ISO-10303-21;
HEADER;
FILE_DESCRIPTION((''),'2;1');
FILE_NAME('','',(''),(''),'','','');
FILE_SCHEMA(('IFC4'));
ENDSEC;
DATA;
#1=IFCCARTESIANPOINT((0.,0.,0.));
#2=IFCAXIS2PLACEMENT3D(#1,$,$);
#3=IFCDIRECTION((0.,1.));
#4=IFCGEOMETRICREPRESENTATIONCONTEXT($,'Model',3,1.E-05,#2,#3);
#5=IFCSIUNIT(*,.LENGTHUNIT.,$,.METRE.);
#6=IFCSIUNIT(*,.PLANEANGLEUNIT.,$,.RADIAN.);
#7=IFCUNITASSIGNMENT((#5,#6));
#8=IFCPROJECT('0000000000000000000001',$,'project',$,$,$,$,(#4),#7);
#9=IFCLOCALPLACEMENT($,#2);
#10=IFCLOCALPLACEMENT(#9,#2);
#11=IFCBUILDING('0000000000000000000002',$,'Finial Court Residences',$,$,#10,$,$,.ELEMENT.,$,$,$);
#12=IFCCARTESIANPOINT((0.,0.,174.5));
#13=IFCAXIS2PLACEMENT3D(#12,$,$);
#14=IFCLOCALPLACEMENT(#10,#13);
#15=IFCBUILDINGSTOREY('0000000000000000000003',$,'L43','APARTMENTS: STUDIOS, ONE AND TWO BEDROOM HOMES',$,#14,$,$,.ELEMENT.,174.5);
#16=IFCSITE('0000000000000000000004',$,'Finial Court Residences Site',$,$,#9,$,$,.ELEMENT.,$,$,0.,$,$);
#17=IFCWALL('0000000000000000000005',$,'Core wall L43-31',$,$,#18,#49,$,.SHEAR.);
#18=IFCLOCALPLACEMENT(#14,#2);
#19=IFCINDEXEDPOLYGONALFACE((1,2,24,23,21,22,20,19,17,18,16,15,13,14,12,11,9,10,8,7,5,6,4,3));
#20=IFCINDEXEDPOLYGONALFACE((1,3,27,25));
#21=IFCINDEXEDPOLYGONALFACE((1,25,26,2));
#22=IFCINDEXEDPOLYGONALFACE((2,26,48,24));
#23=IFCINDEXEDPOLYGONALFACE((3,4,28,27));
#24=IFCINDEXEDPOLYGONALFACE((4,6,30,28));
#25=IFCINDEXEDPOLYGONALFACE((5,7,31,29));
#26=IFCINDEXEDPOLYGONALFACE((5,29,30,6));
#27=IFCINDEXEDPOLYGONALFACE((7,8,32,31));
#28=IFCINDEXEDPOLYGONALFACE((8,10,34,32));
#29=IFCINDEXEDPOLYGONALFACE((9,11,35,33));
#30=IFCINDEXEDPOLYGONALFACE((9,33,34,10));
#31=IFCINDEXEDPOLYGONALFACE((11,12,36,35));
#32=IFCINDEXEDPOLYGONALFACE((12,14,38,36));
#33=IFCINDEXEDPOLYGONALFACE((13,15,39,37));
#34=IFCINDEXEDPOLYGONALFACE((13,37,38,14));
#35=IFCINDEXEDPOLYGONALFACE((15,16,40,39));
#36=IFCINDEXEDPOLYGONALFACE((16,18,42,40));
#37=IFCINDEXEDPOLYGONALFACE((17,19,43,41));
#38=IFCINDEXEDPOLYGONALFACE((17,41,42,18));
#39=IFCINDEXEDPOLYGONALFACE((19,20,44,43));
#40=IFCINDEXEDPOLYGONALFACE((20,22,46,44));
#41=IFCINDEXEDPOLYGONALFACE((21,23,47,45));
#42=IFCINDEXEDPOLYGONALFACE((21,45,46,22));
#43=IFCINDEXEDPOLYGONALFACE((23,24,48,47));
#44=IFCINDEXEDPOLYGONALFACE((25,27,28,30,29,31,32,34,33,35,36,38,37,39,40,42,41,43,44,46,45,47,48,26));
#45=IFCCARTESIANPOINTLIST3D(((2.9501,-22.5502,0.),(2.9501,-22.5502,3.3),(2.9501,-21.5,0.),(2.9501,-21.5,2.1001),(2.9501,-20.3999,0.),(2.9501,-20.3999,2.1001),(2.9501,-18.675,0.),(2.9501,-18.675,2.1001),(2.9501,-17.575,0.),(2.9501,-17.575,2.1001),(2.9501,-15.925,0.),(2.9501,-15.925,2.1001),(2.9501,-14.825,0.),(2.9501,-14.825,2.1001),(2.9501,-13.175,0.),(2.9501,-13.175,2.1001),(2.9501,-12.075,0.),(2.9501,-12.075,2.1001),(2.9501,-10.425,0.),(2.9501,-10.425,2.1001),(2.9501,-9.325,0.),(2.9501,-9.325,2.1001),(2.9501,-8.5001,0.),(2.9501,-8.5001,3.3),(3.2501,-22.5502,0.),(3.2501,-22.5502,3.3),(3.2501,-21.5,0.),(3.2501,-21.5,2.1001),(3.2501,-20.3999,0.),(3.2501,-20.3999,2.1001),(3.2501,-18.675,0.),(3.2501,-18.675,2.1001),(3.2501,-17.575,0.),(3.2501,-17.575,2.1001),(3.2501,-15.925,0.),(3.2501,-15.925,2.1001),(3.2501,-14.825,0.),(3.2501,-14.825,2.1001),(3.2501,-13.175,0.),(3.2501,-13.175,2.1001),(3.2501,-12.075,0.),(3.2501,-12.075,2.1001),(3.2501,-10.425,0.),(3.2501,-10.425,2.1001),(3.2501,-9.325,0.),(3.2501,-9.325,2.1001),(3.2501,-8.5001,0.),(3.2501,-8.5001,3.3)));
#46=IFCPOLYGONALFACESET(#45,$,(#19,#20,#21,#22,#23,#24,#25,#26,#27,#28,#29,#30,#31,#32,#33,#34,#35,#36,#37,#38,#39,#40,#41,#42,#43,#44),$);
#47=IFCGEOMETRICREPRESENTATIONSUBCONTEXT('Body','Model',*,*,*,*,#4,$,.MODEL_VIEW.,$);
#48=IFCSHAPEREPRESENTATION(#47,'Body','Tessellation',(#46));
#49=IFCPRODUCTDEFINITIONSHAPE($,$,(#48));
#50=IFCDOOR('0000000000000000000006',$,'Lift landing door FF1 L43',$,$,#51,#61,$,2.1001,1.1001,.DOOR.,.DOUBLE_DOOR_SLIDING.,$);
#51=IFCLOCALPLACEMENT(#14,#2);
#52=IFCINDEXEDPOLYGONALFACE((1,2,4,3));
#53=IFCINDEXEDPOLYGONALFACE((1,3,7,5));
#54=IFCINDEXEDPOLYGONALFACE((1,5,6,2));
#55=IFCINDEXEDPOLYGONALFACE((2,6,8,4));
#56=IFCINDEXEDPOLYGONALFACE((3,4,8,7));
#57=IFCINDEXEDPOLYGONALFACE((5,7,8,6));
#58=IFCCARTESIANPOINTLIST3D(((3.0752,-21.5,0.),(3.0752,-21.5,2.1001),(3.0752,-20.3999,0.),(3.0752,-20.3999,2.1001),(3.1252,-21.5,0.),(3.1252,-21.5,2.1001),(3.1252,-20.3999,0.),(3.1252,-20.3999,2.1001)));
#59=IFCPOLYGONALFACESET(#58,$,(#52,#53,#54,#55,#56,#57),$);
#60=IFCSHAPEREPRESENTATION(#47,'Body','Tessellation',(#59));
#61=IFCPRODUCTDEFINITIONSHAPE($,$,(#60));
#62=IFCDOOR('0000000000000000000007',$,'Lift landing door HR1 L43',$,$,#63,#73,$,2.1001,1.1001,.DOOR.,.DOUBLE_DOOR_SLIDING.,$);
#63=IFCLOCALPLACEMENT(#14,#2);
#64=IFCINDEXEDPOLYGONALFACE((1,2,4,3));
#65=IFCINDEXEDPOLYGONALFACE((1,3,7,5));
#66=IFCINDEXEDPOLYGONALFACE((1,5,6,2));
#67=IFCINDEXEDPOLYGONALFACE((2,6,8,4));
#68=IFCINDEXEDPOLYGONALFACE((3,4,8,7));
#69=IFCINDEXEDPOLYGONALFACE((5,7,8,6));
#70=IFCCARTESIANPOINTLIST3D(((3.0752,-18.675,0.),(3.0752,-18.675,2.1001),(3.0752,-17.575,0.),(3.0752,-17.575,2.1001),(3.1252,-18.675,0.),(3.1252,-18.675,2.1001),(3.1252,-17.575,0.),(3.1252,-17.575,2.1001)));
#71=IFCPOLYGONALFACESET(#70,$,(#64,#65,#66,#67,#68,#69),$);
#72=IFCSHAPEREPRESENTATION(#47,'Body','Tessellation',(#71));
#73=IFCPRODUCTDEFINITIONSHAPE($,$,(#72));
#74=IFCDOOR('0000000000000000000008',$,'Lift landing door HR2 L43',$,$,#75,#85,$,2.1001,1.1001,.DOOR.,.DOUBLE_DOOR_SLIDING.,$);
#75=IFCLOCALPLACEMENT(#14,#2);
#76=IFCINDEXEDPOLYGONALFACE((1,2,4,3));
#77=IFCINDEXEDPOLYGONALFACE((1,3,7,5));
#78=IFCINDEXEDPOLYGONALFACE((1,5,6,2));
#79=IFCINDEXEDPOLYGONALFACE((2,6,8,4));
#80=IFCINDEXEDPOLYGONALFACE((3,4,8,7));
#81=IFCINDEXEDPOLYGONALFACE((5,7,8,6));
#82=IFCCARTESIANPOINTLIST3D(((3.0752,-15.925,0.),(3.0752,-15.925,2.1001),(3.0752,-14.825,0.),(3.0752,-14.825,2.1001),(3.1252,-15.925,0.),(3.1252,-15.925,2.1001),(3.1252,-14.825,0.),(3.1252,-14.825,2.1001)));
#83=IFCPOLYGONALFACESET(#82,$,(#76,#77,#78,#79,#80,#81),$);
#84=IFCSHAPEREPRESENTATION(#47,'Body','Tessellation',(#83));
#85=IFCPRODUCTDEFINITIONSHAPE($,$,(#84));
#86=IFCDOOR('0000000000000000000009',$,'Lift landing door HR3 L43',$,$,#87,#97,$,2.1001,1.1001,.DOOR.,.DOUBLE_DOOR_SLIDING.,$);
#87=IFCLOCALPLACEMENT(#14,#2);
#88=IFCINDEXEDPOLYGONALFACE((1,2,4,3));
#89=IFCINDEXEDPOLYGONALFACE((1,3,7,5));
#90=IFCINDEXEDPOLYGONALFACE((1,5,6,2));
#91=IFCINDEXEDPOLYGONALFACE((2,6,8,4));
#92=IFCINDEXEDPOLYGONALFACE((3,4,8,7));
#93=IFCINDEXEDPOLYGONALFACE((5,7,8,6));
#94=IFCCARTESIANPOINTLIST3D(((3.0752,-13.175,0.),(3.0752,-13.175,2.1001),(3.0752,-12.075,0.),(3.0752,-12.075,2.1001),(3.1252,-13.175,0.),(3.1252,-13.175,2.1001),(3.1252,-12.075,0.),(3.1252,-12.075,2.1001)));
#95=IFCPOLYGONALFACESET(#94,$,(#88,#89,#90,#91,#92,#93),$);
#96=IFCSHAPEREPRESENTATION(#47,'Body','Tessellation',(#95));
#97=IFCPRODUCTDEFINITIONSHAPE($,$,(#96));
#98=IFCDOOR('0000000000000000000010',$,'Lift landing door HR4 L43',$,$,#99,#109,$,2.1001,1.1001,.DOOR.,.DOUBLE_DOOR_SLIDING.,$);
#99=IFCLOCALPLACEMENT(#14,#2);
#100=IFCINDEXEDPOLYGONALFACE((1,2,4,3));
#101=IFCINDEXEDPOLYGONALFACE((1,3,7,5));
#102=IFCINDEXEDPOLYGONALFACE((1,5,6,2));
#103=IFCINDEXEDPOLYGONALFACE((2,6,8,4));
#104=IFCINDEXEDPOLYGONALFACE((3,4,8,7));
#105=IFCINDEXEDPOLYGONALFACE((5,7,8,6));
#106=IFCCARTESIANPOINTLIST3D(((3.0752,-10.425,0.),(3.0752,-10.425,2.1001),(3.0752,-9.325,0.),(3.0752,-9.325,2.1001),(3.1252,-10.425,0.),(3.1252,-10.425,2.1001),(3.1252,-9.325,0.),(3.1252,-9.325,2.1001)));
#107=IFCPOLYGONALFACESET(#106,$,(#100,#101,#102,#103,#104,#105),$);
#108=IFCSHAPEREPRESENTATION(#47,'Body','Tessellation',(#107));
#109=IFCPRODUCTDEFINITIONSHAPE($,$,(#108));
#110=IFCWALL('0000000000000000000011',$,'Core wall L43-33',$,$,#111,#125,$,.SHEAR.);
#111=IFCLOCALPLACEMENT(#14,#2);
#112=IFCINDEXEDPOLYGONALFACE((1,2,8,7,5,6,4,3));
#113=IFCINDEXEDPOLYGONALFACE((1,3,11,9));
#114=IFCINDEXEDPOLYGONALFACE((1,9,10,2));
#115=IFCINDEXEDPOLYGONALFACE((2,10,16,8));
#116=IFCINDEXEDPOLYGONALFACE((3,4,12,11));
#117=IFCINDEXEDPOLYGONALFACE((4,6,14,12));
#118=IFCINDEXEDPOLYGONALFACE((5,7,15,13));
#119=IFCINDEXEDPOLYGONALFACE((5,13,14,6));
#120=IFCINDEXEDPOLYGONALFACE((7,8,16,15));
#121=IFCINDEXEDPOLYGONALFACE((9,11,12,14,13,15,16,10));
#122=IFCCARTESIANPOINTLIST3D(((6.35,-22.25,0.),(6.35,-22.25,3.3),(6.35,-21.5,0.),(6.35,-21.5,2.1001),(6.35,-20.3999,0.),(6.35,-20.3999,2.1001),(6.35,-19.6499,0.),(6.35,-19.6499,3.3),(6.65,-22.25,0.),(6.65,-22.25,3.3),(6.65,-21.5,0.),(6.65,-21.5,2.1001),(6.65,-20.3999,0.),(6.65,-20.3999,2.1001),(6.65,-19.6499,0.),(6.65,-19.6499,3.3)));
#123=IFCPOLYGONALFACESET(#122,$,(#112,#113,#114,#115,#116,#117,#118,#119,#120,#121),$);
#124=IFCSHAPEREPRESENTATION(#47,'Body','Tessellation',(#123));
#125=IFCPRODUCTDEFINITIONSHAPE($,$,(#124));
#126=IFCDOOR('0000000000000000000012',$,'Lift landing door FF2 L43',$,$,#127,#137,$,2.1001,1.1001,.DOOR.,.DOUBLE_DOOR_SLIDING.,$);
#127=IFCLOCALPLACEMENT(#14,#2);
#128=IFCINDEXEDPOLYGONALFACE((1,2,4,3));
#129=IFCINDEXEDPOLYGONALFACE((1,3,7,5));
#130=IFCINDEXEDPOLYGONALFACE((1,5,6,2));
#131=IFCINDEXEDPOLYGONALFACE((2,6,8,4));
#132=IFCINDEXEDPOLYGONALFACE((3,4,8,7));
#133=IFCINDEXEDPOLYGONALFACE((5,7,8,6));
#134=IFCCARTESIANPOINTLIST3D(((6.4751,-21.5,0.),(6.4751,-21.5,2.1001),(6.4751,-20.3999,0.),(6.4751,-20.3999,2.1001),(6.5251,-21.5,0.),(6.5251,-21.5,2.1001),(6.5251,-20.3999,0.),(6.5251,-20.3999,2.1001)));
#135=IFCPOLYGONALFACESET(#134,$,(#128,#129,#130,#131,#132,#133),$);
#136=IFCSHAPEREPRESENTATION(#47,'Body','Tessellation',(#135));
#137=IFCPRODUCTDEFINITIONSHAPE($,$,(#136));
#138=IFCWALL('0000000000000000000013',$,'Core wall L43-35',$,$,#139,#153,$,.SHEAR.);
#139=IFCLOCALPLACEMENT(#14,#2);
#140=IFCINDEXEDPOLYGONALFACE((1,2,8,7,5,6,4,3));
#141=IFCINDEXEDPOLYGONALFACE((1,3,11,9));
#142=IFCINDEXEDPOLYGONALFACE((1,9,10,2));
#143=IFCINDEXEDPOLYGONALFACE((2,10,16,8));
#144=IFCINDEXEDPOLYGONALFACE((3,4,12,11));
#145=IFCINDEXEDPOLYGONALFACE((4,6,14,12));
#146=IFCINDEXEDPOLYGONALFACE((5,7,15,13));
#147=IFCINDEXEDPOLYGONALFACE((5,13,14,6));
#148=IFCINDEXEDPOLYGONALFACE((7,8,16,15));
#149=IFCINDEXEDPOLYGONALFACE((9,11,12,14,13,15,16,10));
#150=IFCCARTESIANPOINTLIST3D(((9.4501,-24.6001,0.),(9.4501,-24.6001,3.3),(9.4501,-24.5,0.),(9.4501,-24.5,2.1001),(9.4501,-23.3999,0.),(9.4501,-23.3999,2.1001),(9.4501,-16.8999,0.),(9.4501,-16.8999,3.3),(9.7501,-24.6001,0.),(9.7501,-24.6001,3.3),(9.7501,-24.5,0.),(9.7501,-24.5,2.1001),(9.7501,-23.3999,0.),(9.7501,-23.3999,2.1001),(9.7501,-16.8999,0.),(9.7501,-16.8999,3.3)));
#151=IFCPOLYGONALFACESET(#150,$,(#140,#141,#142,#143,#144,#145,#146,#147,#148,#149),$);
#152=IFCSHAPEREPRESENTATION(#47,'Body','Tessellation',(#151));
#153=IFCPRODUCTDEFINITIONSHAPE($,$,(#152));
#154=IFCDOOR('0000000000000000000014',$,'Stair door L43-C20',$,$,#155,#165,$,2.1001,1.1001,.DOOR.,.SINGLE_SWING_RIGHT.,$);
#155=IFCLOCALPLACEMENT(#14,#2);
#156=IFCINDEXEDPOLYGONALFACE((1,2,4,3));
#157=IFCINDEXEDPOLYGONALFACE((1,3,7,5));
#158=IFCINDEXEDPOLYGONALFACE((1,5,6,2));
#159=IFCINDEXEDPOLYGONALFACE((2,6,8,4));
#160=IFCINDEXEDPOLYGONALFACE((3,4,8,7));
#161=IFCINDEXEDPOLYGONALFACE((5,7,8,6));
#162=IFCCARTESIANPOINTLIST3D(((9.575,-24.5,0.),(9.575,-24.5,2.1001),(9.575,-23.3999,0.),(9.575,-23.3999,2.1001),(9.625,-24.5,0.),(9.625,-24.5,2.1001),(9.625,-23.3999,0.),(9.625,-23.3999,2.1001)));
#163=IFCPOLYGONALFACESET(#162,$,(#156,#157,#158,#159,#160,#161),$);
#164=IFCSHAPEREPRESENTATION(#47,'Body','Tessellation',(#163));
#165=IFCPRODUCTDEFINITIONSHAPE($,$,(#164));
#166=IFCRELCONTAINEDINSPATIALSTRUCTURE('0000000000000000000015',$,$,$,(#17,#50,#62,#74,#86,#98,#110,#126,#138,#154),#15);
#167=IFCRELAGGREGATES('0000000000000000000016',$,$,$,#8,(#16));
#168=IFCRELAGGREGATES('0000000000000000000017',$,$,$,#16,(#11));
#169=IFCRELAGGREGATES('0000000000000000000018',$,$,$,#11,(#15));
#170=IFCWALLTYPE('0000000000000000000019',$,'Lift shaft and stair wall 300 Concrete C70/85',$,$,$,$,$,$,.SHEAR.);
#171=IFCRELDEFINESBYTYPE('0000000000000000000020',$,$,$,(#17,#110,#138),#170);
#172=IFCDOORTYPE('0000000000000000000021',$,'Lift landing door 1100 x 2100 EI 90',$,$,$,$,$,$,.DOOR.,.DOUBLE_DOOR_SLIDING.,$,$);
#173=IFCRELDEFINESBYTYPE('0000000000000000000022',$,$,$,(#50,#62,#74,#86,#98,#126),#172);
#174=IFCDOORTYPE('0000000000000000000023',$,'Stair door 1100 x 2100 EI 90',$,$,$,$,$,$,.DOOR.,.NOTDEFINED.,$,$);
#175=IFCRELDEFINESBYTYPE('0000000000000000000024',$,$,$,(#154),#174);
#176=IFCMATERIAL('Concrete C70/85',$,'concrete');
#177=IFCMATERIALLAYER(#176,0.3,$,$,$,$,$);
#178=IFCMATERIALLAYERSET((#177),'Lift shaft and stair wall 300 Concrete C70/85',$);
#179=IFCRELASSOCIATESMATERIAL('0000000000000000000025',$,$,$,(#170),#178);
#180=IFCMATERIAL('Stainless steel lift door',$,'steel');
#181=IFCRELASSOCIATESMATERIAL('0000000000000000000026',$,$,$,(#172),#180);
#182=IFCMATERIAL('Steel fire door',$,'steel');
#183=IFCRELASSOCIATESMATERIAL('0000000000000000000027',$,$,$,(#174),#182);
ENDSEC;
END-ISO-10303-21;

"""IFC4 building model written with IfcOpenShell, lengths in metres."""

from ifc_helpers import new_model, si_unit, direction, frame, frame_2d, origin, place, context, subcontext, project, spatial, rectangle, extrude, material, layer, layer_set, type_object, element, fill, save


model = new_model("IFC4")

# Units and contexts
model_context = context("Model", 3, precision=1e-05, world=origin(), true_north=direction((0.0, 1.0)))
body_context = subcontext(model_context, "Body", "Model", "MODEL_VIEW")
ifc_project = project(units=[si_unit("LENGTHUNIT", "METRE"), si_unit("PLANEANGLEUNIT", "RADIAN")], contexts=[model_context])

# Site, building, storey
site_placement = place(None, origin())
site = spatial("IfcSite", under=ifc_project, at=site_placement, Name="Finial Court Residences Site", CompositionType="ELEMENT", RefElevation=0.0)
building_placement = place(site_placement, origin())
building = spatial("IfcBuilding", under=site, at=building_placement, Name="Finial Court Residences", CompositionType="ELEMENT")
storey_placement = place(building_placement, frame((0.0, 0.0, 174.5)))
storey = spatial("IfcBuildingStorey", under=building, at=storey_placement, Name="L43", Description="APARTMENTS: STUDIOS, ONE AND TWO BEDROOM HOMES", CompositionType="ELEMENT", Elevation=174.5)

# Shared definitions
ifc_material_1 = material(Name="Steel fire door", Category="steel")

# Shared definitions
ifc_material_2 = material(Name="Concrete C70/85", Category="concrete")
ifc_layer_1 = layer(ifc_material_2, 0.3)
ifc_layer_set_1 = layer_set([ifc_layer_1], Name="Lift shaft and stair wall 300 Concrete C70/85")
wall_type_1 = type_object("IfcWallType", Name="Lift shaft and stair wall 300 Concrete C70/85", PredefinedType="SHEAR", material=ifc_layer_set_1)

# Wall, openings, doors
wall_1_placement = place(storey_placement, frame((3.1001, -22.55, 0.0), z_axis=(0.0, 0.0, 1.0), x_axis=(0.0, 1.0, 0.0)))
wall_1 = element("IfcWall", 1, at=wall_1_placement, inside=storey, type_object=wall_type_1, Name="Core wall L43-31", PredefinedType="SHEAR", context=body_context, shape_type="SweptSolid", body=[
    extrude(rectangle(XDim=14.05, YDim=0.3, at=frame_2d((7.0249, 0.0))), origin(), (0.0, 0.0, 1.0), 3.3),
])
opening_1_placement = place(wall_1_placement, frame((1.05, 0.0, 0.0)))
opening_1 = element("IfcOpeningElement", 2, at=opening_1_placement, cuts=wall_1, PredefinedType="OPENING", context=body_context, shape_type="SweptSolid", body=[
    extrude(rectangle(XDim=1.1001, YDim=2.1001, at=frame_2d((0.55, 1.05))), frame((0.0, 0.1599, 0.0), z_axis=(0.0, -1.0, 0.0), x_axis=(1.0, 0.0, 0.0)), (0.0, 0.0, 1.0), 0.3201),
])
opening_2_placement = place(wall_1_placement, frame((3.875, 0.0, 0.0)))
opening_2 = element("IfcOpeningElement", 3, at=opening_2_placement, cuts=wall_1, PredefinedType="OPENING", context=body_context, shape_type="SweptSolid", body=[
    extrude(rectangle(XDim=1.1001, YDim=2.1001, at=frame_2d((0.55, 1.05))), frame((0.0, 0.1599, 0.0), z_axis=(0.0, -1.0, 0.0), x_axis=(1.0, 0.0, 0.0)), (0.0, 0.0, 1.0), 0.3201),
])
opening_3_placement = place(wall_1_placement, frame((6.625, 0.0, 0.0)))
opening_3 = element("IfcOpeningElement", 4, at=opening_3_placement, cuts=wall_1, PredefinedType="OPENING", context=body_context, shape_type="SweptSolid", body=[
    extrude(rectangle(XDim=1.1001, YDim=2.1001, at=frame_2d((0.55, 1.05))), frame((0.0, 0.1599, 0.0), z_axis=(0.0, -1.0, 0.0), x_axis=(1.0, 0.0, 0.0)), (0.0, 0.0, 1.0), 0.3201),
])
opening_4_placement = place(wall_1_placement, frame((9.375, 0.0, 0.0)))
opening_4 = element("IfcOpeningElement", 5, at=opening_4_placement, cuts=wall_1, PredefinedType="OPENING", context=body_context, shape_type="SweptSolid", body=[
    extrude(rectangle(XDim=1.1001, YDim=2.1001, at=frame_2d((0.55, 1.05))), frame((0.0, 0.1599, 0.0), z_axis=(0.0, -1.0, 0.0), x_axis=(1.0, 0.0, 0.0)), (0.0, 0.0, 1.0), 0.3201),
])
opening_5_placement = place(wall_1_placement, frame((12.125, 0.0, 0.0)))
opening_5 = element("IfcOpeningElement", 6, at=opening_5_placement, cuts=wall_1, PredefinedType="OPENING", context=body_context, shape_type="SweptSolid", body=[
    extrude(rectangle(XDim=1.1001, YDim=2.1001, at=frame_2d((0.55, 1.05))), frame((0.0, 0.1599, 0.0), z_axis=(0.0, -1.0, 0.0), x_axis=(1.0, 0.0, 0.0)), (0.0, 0.0, 1.0), 0.3201),
])
ifc_material_3 = material(Name="Stainless steel lift door", Category="steel")
door_type_1 = type_object("IfcDoorType", Name="Lift landing door 1100 x 2100 EI 90", OperationType="DOUBLE_DOOR_SLIDING", PredefinedType="DOOR", material=ifc_material_3)
door_1_placement = place(opening_1_placement, origin())
door_1 = element("IfcDoor", 7, at=door_1_placement, inside=storey, type_object=door_type_1, Name="Lift landing door FF1 L43", OperationType="DOUBLE_DOOR_SLIDING", OverallHeight=2.1001, OverallWidth=1.1001, PredefinedType="DOOR", context=body_context, shape_type="SweptSolid", body=[
    extrude(rectangle(XDim=1.1001, YDim=2.1001, at=frame_2d((0.55, 1.05))), frame((0.0, 0.0249, 0.0), z_axis=(0.0, -1.0, 0.0), x_axis=(1.0, 0.0, 0.0)), (0.0, 0.0, 1.0), 0.05),
])
fill(opening_1, door_1)
door_2_placement = place(opening_2_placement, origin())
door_2 = element("IfcDoor", 8, at=door_2_placement, inside=storey, type_object=door_type_1, Name="Lift landing door HR1 L43", OperationType="DOUBLE_DOOR_SLIDING", OverallHeight=2.1001, OverallWidth=1.1001, PredefinedType="DOOR", context=body_context, shape_type="SweptSolid", body=[
    extrude(rectangle(XDim=1.1001, YDim=2.1001, at=frame_2d((0.55, 1.05))), frame((0.0, 0.0249, 0.0), z_axis=(0.0, -1.0, 0.0), x_axis=(1.0, 0.0, 0.0)), (0.0, 0.0, 1.0), 0.05),
])
fill(opening_2, door_2)
door_3_placement = place(opening_3_placement, origin())
door_3 = element("IfcDoor", 9, at=door_3_placement, inside=storey, type_object=door_type_1, Name="Lift landing door HR2 L43", OperationType="DOUBLE_DOOR_SLIDING", OverallHeight=2.1001, OverallWidth=1.1001, PredefinedType="DOOR", context=body_context, shape_type="SweptSolid", body=[
    extrude(rectangle(XDim=1.1001, YDim=2.1001, at=frame_2d((0.55, 1.05))), frame((0.0, 0.0249, 0.0), z_axis=(0.0, -1.0, 0.0), x_axis=(1.0, 0.0, 0.0)), (0.0, 0.0, 1.0), 0.05),
])
fill(opening_3, door_3)
door_4_placement = place(opening_4_placement, origin())
door_4 = element("IfcDoor", 10, at=door_4_placement, inside=storey, type_object=door_type_1, Name="Lift landing door HR3 L43", OperationType="DOUBLE_DOOR_SLIDING", OverallHeight=2.1001, OverallWidth=1.1001, PredefinedType="DOOR", context=body_context, shape_type="SweptSolid", body=[
    extrude(rectangle(XDim=1.1001, YDim=2.1001, at=frame_2d((0.55, 1.05))), frame((0.0, 0.0249, 0.0), z_axis=(0.0, -1.0, 0.0), x_axis=(1.0, 0.0, 0.0)), (0.0, 0.0, 1.0), 0.05),
])
fill(opening_4, door_4)
door_5_placement = place(opening_5_placement, origin())
door_5 = element("IfcDoor", 11, at=door_5_placement, inside=storey, type_object=door_type_1, Name="Lift landing door HR4 L43", OperationType="DOUBLE_DOOR_SLIDING", OverallHeight=2.1001, OverallWidth=1.1001, PredefinedType="DOOR", context=body_context, shape_type="SweptSolid", body=[
    extrude(rectangle(XDim=1.1001, YDim=2.1001, at=frame_2d((0.55, 1.05))), frame((0.0, 0.0249, 0.0), z_axis=(0.0, -1.0, 0.0), x_axis=(1.0, 0.0, 0.0)), (0.0, 0.0, 1.0), 0.05),
])
fill(opening_5, door_5)

# Walls, openings, doors
wall_2_placement = place(storey_placement, frame((6.5, -22.25, 0.0), z_axis=(0.0, 0.0, 1.0), x_axis=(0.0, 1.0, 0.0)))
wall_2 = element("IfcWall", 12, at=wall_2_placement, inside=storey, type_object=wall_type_1, Name="Core wall L43-33", PredefinedType="SHEAR", context=body_context, shape_type="SweptSolid", body=[
    extrude(rectangle(XDim=2.6001, YDim=0.3, at=frame_2d((1.3, 0.0))), origin(), (0.0, 0.0, 1.0), 3.3),
])
opening_6_placement = place(wall_2_placement, frame((0.75, 0.0, 0.0)))
opening_6 = element("IfcOpeningElement", 13, at=opening_6_placement, cuts=wall_2, PredefinedType="OPENING", context=body_context, shape_type="SweptSolid", body=[
    extrude(rectangle(XDim=1.1001, YDim=2.1001, at=frame_2d((0.55, 1.05))), frame((0.0, 0.1599, 0.0), z_axis=(0.0, -1.0, 0.0), x_axis=(1.0, 0.0, 0.0)), (0.0, 0.0, 1.0), 0.3201),
])
door_6_placement = place(opening_6_placement, origin())
door_6 = element("IfcDoor", 14, at=door_6_placement, inside=storey, type_object=door_type_1, Name="Lift landing door FF2 L43", OperationType="DOUBLE_DOOR_SLIDING", OverallHeight=2.1001, OverallWidth=1.1001, PredefinedType="DOOR", context=body_context, shape_type="SweptSolid", body=[
    extrude(rectangle(XDim=1.1001, YDim=2.1001, at=frame_2d((0.55, 1.05))), frame((0.0, 0.0249, 0.0), z_axis=(0.0, -1.0, 0.0), x_axis=(1.0, 0.0, 0.0)), (0.0, 0.0, 1.0), 0.05),
])
fill(opening_6, door_6)
wall_3_placement = place(storey_placement, frame((9.6001, -16.8999, 0.0), z_axis=(0.0, 0.0, 1.0), x_axis=(0.0, -1.0, 0.0)))
wall_3 = element("IfcWall", 15, at=wall_3_placement, inside=storey, type_object=wall_type_1, Name="Core wall L43-35", PredefinedType="SHEAR", context=body_context, shape_type="SweptSolid", body=[
    extrude(rectangle(XDim=7.7002, YDim=0.3, at=frame_2d((3.8501, 0.0))), origin(), (0.0, 0.0, 1.0), 3.3),
])
opening_7_placement = place(wall_3_placement, frame((6.5, 0.0, 0.0)))
opening_7 = element("IfcOpeningElement", 16, at=opening_7_placement, cuts=wall_3, PredefinedType="OPENING", context=body_context, shape_type="SweptSolid", body=[
    extrude(rectangle(XDim=1.1001, YDim=2.1001, at=frame_2d((0.55, 1.05))), frame((0.0, 0.1599, 0.0), z_axis=(0.0, -1.0, 0.0), x_axis=(1.0, 0.0, 0.0)), (0.0, 0.0, 1.0), 0.3201),
])
door_type_2 = type_object("IfcDoorType", Name="Stair door 1100 x 2100 EI 90", OperationType="NOTDEFINED", PredefinedType="DOOR", material=ifc_material_1)
door_7_placement = place(opening_7_placement, origin())
door_7 = element("IfcDoor", 17, at=door_7_placement, inside=storey, type_object=door_type_2, Name="Stair door L43-C20", OperationType="SINGLE_SWING_RIGHT", OverallHeight=2.1001, OverallWidth=1.1001, PredefinedType="DOOR", context=body_context, shape_type="SweptSolid", body=[
    extrude(rectangle(XDim=1.1001, YDim=2.1001, at=frame_2d((0.55, 1.05))), frame((0.0, 0.0249, 0.0), z_axis=(0.0, -1.0, 0.0), x_axis=(1.0, 0.0, 0.0)), (0.0, 0.0, 1.0), 0.05),
])
fill(opening_7, door_7)

save(model, "model.ifc")
